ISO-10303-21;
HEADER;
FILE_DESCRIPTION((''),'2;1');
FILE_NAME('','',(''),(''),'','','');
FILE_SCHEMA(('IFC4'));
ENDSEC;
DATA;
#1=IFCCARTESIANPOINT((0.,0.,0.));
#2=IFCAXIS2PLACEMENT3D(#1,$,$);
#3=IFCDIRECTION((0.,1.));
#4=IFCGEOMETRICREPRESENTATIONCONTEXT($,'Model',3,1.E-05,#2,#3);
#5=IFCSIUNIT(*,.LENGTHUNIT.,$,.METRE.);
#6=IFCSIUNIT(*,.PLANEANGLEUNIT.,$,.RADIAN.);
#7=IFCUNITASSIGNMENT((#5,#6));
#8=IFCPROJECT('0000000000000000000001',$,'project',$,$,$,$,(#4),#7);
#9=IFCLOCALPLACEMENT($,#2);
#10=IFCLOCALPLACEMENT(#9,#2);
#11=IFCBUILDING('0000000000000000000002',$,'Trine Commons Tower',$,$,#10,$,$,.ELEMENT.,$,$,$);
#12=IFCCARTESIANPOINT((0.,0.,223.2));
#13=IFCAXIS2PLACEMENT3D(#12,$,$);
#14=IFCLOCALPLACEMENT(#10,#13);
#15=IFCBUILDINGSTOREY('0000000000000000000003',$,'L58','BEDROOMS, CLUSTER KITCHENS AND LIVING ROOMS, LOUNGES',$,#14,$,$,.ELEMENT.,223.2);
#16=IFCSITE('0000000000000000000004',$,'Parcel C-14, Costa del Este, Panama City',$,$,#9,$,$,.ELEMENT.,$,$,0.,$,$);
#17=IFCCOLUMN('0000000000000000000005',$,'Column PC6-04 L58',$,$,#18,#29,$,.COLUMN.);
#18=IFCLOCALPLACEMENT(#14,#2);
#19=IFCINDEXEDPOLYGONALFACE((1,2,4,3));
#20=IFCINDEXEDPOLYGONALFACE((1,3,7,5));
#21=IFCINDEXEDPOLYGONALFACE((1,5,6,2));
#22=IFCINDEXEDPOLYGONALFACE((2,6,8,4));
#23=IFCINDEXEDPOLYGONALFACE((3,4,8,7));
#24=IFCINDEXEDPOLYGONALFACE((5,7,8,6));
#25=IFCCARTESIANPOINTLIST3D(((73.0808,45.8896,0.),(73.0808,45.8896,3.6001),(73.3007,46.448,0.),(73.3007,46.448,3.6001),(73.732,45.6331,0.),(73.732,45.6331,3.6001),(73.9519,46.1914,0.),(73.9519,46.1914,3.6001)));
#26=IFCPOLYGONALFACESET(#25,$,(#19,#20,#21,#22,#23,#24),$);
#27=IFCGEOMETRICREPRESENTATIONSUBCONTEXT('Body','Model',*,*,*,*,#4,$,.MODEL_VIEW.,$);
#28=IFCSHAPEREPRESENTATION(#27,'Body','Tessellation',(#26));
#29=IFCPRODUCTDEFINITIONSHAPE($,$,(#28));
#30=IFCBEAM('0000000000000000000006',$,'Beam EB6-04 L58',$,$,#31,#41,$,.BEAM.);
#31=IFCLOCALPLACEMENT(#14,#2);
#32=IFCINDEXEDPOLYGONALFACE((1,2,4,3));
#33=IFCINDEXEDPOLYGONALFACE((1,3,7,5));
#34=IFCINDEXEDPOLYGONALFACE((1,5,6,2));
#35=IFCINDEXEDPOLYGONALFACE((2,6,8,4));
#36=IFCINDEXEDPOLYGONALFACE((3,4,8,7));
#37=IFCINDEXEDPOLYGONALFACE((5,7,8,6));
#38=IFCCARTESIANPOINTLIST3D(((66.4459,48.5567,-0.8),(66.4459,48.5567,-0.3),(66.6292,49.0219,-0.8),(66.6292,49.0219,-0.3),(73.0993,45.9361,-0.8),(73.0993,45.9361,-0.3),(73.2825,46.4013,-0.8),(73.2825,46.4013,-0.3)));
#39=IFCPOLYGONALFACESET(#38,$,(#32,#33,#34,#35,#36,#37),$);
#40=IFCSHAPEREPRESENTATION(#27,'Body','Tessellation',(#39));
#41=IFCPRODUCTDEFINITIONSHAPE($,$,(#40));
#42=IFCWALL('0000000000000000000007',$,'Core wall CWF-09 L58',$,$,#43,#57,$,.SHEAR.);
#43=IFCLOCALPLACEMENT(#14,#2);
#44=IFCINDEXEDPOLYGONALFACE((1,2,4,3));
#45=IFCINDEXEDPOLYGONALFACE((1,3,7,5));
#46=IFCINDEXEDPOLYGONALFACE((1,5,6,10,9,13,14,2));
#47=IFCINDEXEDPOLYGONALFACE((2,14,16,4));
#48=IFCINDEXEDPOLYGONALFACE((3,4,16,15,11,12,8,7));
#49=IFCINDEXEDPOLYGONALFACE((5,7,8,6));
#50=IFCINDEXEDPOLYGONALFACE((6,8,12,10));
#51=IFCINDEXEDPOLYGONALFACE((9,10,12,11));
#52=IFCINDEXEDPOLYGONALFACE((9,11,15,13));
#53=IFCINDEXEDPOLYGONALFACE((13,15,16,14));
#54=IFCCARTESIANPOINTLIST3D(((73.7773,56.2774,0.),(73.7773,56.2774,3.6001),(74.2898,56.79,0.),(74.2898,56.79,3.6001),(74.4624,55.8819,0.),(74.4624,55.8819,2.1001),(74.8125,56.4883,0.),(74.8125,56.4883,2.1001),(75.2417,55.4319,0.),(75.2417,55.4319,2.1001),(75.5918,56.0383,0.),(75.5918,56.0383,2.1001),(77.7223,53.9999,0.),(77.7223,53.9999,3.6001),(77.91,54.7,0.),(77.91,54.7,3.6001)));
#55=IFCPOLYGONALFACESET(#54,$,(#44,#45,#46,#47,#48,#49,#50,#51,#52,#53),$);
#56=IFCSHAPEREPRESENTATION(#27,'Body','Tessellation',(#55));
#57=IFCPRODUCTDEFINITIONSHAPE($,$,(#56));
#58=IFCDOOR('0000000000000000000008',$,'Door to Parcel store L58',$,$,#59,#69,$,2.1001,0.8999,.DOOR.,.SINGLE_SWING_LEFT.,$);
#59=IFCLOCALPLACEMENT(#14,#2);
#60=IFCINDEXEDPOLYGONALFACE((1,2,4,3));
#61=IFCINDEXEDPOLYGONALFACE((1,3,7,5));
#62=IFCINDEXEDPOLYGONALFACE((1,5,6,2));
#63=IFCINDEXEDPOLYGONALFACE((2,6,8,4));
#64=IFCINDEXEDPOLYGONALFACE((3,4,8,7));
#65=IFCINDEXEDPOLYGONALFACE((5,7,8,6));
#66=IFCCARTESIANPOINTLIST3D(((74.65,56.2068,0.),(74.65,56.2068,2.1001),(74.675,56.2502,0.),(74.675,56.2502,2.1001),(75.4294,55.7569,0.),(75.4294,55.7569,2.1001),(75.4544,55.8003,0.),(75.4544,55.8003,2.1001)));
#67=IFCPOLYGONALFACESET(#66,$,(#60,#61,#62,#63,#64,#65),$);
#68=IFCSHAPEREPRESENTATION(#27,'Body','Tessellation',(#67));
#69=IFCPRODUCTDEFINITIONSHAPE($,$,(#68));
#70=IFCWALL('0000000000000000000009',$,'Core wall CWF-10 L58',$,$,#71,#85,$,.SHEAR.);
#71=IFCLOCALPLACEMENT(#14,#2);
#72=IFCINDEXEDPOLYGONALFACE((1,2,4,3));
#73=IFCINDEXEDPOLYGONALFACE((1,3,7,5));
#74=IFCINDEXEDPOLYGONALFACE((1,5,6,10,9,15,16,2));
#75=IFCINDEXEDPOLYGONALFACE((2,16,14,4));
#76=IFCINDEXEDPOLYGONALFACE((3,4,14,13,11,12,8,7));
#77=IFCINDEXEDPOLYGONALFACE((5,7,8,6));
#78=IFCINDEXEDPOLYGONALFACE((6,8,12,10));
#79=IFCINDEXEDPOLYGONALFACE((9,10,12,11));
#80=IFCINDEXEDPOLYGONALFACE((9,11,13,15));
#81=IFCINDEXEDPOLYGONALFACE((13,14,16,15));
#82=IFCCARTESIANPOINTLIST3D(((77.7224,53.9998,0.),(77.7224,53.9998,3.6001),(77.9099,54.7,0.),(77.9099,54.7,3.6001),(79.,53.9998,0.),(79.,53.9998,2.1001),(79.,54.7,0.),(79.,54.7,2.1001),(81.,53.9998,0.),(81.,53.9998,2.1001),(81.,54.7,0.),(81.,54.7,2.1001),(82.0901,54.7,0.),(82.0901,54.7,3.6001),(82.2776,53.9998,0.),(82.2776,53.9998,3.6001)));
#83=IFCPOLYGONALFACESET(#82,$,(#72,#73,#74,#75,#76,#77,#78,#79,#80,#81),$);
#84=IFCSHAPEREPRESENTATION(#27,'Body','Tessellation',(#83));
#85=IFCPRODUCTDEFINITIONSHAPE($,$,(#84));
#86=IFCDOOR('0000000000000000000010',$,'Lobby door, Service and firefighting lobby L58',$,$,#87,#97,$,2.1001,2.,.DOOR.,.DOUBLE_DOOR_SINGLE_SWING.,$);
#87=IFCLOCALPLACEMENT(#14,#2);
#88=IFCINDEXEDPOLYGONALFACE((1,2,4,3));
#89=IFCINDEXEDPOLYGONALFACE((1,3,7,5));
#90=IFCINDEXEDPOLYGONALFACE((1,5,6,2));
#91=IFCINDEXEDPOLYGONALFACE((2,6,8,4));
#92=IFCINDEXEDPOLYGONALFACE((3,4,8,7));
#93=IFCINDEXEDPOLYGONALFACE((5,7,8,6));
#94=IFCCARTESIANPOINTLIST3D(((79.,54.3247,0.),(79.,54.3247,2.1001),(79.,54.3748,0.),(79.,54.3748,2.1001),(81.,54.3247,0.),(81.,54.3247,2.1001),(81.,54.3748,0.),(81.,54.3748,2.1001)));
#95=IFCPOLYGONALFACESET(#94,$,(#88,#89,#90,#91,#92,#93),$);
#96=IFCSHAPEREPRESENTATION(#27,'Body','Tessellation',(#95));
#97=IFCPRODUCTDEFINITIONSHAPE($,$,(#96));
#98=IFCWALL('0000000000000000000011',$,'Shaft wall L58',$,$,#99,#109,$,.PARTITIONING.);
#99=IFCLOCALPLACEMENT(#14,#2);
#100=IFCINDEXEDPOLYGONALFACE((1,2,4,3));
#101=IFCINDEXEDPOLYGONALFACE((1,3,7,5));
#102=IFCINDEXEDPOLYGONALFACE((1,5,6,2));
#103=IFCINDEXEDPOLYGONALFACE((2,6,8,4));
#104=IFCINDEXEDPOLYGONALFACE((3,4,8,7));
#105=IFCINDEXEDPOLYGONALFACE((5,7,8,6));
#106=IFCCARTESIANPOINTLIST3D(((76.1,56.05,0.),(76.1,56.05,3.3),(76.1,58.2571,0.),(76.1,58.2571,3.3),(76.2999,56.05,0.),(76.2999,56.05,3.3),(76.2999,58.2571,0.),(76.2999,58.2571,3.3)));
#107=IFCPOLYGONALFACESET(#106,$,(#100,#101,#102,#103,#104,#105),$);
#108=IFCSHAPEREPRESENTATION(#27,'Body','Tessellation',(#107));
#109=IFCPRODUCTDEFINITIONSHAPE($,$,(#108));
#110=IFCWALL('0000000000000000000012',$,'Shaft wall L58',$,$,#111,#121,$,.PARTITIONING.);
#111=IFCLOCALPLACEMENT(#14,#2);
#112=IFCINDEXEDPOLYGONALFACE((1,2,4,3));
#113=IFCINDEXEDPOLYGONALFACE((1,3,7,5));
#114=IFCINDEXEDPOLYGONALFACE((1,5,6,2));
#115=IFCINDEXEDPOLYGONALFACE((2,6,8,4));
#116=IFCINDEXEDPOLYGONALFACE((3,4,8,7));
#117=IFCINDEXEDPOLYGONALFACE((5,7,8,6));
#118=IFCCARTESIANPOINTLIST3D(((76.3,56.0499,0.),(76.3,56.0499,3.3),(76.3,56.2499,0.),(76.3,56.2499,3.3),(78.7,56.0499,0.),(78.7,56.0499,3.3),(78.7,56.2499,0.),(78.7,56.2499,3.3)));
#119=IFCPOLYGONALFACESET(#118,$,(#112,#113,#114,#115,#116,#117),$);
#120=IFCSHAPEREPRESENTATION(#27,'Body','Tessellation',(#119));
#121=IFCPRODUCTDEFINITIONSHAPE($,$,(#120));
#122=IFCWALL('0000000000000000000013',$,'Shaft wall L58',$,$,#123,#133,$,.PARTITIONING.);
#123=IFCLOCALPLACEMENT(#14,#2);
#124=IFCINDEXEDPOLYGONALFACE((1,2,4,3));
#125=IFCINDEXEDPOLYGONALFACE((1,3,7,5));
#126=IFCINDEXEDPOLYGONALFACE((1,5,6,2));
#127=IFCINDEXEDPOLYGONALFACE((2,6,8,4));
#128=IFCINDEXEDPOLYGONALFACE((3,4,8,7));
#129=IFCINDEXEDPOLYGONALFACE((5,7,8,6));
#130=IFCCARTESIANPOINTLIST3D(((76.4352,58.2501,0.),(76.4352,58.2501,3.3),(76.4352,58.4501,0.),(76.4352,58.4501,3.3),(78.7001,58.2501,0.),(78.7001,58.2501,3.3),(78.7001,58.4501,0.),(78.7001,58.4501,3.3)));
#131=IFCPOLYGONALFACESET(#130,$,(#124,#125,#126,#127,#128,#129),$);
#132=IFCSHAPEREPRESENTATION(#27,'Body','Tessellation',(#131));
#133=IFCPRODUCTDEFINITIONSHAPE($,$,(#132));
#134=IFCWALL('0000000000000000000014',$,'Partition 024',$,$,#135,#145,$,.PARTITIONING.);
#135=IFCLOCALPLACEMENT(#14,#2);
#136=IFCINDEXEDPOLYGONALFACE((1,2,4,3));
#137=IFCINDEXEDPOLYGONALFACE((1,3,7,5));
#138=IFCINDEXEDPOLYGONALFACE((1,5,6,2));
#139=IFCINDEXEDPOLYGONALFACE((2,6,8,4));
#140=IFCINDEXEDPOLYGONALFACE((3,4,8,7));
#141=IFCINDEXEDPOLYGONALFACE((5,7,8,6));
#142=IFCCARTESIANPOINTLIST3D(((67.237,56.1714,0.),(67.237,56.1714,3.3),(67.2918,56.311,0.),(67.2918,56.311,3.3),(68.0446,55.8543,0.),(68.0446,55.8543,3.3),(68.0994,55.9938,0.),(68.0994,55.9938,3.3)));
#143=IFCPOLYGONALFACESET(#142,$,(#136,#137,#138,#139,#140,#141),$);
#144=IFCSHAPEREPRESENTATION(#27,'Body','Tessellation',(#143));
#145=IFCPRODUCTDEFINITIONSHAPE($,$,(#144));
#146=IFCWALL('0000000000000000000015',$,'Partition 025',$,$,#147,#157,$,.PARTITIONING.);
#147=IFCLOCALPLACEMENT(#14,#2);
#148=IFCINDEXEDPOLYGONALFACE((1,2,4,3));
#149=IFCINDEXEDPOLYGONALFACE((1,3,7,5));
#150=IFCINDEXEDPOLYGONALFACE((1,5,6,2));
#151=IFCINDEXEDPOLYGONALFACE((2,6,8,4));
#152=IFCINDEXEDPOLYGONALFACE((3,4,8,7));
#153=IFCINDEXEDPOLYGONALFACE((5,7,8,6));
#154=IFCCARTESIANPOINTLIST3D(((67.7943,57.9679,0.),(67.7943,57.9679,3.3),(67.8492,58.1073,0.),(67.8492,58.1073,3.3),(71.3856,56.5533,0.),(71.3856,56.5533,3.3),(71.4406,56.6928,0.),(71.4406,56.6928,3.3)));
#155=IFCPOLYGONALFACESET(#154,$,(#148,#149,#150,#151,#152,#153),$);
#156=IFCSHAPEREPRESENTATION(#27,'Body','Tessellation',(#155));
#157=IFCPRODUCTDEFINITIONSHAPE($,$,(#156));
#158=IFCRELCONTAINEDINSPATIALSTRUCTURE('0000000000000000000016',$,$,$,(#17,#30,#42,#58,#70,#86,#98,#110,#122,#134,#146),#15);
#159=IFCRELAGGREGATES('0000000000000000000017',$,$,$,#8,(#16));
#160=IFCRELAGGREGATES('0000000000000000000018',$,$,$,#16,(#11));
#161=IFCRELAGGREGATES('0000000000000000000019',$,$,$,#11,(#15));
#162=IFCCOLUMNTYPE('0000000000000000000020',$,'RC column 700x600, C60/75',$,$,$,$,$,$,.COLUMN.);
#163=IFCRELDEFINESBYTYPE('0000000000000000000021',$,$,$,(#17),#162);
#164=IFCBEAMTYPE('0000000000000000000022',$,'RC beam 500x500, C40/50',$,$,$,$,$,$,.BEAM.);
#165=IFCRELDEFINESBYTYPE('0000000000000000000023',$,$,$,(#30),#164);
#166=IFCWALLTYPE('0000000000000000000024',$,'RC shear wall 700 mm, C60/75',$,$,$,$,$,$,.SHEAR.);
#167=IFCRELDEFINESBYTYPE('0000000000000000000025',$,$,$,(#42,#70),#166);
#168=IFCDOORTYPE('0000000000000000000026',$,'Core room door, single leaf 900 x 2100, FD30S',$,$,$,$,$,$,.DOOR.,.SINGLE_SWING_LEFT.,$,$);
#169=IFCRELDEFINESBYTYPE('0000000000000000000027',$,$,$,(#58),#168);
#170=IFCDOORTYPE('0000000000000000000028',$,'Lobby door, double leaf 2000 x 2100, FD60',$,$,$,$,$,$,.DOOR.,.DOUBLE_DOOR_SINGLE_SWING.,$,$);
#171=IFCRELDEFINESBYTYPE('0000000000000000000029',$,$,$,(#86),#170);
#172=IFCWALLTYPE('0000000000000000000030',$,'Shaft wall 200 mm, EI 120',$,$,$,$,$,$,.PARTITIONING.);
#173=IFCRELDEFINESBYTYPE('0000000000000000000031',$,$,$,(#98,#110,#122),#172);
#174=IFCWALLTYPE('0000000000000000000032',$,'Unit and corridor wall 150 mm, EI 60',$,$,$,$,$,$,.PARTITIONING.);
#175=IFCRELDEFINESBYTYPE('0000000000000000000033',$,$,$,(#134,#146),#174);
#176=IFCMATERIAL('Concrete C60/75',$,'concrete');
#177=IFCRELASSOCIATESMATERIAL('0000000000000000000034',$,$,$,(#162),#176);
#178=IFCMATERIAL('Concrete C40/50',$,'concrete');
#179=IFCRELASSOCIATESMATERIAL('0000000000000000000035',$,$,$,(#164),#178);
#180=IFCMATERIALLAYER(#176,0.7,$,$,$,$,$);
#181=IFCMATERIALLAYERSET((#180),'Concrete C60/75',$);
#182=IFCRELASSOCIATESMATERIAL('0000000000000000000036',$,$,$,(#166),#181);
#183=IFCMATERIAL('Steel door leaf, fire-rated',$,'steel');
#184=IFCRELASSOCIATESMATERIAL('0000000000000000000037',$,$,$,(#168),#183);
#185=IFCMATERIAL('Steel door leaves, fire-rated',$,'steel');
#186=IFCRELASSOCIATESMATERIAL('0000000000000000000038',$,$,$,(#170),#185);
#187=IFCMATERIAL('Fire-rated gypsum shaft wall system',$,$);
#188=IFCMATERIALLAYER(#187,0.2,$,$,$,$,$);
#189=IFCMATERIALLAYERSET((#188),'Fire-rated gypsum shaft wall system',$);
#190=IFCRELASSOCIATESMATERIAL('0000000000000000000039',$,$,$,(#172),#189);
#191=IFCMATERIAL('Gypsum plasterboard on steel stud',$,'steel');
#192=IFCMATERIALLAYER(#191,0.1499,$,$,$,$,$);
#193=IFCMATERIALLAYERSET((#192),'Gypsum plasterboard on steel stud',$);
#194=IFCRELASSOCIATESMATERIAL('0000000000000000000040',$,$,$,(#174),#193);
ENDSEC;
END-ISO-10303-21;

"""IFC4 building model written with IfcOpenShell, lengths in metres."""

from ifc_helpers import new_model, si_unit, direction, frame, frame_2d, origin, origin_2d, place, context, subcontext, project, spatial, polyline, rectangle, outline, extrude, material, layer, layer_set, material_profile, profile_set, type_object, element, fill, save


model = new_model("IFC4")

# Units and contexts
model_context = context("Model", 3, precision=1e-05, world=origin(), true_north=direction((0.0, 1.0)))
body_context = subcontext(model_context, "Body", "Model", "MODEL_VIEW")
ifc_project = project(units=[si_unit("LENGTHUNIT", "METRE"), si_unit("PLANEANGLEUNIT", "RADIAN")], contexts=[model_context])

# Site, building, storey
site_placement = place(None, origin())
site = spatial("IfcSite", under=ifc_project, at=site_placement, Name="Parcel C-14, Costa del Este, Panama City", CompositionType="ELEMENT", RefElevation=0.0)
building_placement = place(site_placement, origin())
building = spatial("IfcBuilding", under=site, at=building_placement, Name="Trine Commons Tower", CompositionType="ELEMENT")
storey_placement = place(building_placement, frame((0.0, 0.0, 223.2)))
storey = spatial("IfcBuildingStorey", under=building, at=storey_placement, Name="L58", Description="BEDROOMS, CLUSTER KITCHENS AND LIVING ROOMS, LOUNGES", CompositionType="ELEMENT", Elevation=223.2)

# Column
ifc_material_1 = material(Name="Concrete C60/75", Category="concrete")
ifc_material_profile_1 = material_profile(ifc_material_1, rectangle(XDim=0.7, YDim=0.6001, at=origin_2d()), Name="RC 700x600")
ifc_profile_set_1 = profile_set([ifc_material_profile_1], Name="Concrete C60/75")
column_type = type_object("IfcColumnType", Name="RC column 700x600, C60/75", PredefinedType="COLUMN", material=ifc_profile_set_1)
column_placement = place(storey_placement, frame((73.5164, 46.0405, 0.0), z_axis=(0.0, 0.0, 1.0), x_axis=(-0.930418, 0.366501, 0.0)))
element("IfcColumn", 1, at=column_placement, inside=storey, type_object=column_type, Name="Column PC6-04 L58", PredefinedType="COLUMN", context=body_context, shape_type="SweptSolid", body=[
    extrude(rectangle(XDim=0.7, YDim=0.6001, at=origin_2d()), origin(), (0.0, 0.0, 1.0), 3.6001),
])

# Beam
ifc_material_2 = material(Name="Concrete C40/50", Category="concrete")
ifc_material_profile_2 = material_profile(ifc_material_2, rectangle(XDim=0.5, YDim=0.5, at=origin_2d()), Name="RC 500x500")
ifc_profile_set_2 = profile_set([ifc_material_profile_2], Name="Concrete C40/50")
beam_type = type_object("IfcBeamType", Name="RC beam 500x500, C40/50", PredefinedType="BEAM", material=ifc_profile_set_2)
beam_placement = place(storey_placement, frame((73.1909, 46.1687, -0.55), z_axis=(-0.930427, 0.366476, 0.0), x_axis=(-0.366476, -0.930427, 0.0)))
element("IfcBeam", 2, at=beam_placement, inside=storey, type_object=beam_type, Name="Beam EB6-04 L58", PredefinedType="BEAM", context=body_context, shape_type="SweptSolid", body=[
    extrude(rectangle(XDim=0.5, YDim=0.5, at=origin_2d()), origin(), (0.0, 0.0, 1.0), 7.1509),
])

# Walls, openings, doors
ifc_layer_1 = layer(ifc_material_1, 0.7)
ifc_layer_set_1 = layer_set([ifc_layer_1], Name="Concrete C60/75")
wall_type_1 = type_object("IfcWallType", Name="RC shear wall 700 mm, C60/75", PredefinedType="SHEAR", material=ifc_layer_set_1)
wall_1_placement = place(storey_placement, frame((73.9524, 56.5806, 0.0), z_axis=(0.0, 0.0, 1.0), x_axis=(0.866035, -0.499984, 0.0)))
wall_1 = element("IfcWall", 3, at=wall_1_placement, inside=storey, type_object=wall_type_1, Name="Core wall CWF-09 L58", PredefinedType="SHEAR", context=body_context, shape_type="SweptSolid", body=[
    extrude(outline(polyline([(0.0, -0.3501), (4.5552, -0.3501), (4.3677, 0.3501), (0.1875, 0.3501), (0.0, -0.3501)])), origin(), (0.0, 0.0, 1.0), 3.6001),
])
opening_1_placement = place(wall_1_placement, frame((0.791, 0.0, 0.0)))
opening_1 = element("IfcOpeningElement", 4, at=opening_1_placement, cuts=wall_1, PredefinedType="OPENING", context=body_context, shape_type="SweptSolid", body=[
    extrude(rectangle(XDim=0.8999, YDim=2.1001, at=frame_2d((0.45, 1.05))), frame((0.0, 0.3599, 0.0), z_axis=(0.0, -1.0, 0.0), x_axis=(1.0, 0.0, 0.0)), (0.0, 0.0, 1.0), 0.72),
])
ifc_material_3 = material(Name="Steel door leaf, fire-rated", Category="steel")
door_type_1 = type_object("IfcDoorType", Name="Core room door, single leaf 900 x 2100, FD30S", OperationType="SINGLE_SWING_LEFT", PredefinedType="DOOR", material=ifc_material_3)
door_1_placement = place(opening_1_placement, origin())
door_1 = element("IfcDoor", 5, at=door_1_placement, inside=storey, type_object=door_type_1, Name="Door to Parcel store L58", OperationType="SINGLE_SWING_LEFT", OverallHeight=2.1001, OverallWidth=0.8999, PredefinedType="DOOR", context=body_context, shape_type="SweptSolid", body=[
    extrude(rectangle(XDim=0.8999, YDim=2.1001, at=frame_2d((0.45, 1.05))), frame((0.0, 0.0752, 0.0), z_axis=(0.0, -1.0, 0.0), x_axis=(1.0, 0.0, 0.0)), (0.0, 0.0, 1.0), 0.05),
])
fill(opening_1, door_1)
wall_2_placement = place(storey_placement, frame((77.7224, 54.3499, 0.0), z_axis=(0.0, 0.0, 1.0), x_axis=(1.0, 0.0, 0.0)))
wall_2 = element("IfcWall", 6, at=wall_2_placement, inside=storey, type_object=wall_type_1, Name="Core wall CWF-10 L58", PredefinedType="SHEAR", context=body_context, shape_type="SweptSolid", body=[
    extrude(outline(polyline([(0.0, -0.3501), (4.5552, -0.3501), (4.3677, 0.3501), (0.1875, 0.3501), (0.0, -0.3501)])), origin(), (0.0, 0.0, 1.0), 3.6001),
])
opening_2_placement = place(wall_2_placement, frame((1.2776, 0.0, 0.0)))
opening_2 = element("IfcOpeningElement", 7, at=opening_2_placement, cuts=wall_2, PredefinedType="OPENING", context=body_context, shape_type="SweptSolid", body=[
    extrude(rectangle(XDim=2.0, YDim=2.1001, at=frame_2d((1.0, 1.05))), frame((0.0, 0.3599, 0.0), z_axis=(0.0, -1.0, 0.0), x_axis=(1.0, 0.0, 0.0)), (0.0, 0.0, 1.0), 0.72),
])
ifc_material_4 = material(Name="Steel door leaves, fire-rated", Category="steel")
door_type_2 = type_object("IfcDoorType", Name="Lobby door, double leaf 2000 x 2100, FD60", OperationType="DOUBLE_DOOR_SINGLE_SWING", PredefinedType="DOOR", material=ifc_material_4)
door_2_placement = place(opening_2_placement, origin())
door_2 = element("IfcDoor", 8, at=door_2_placement, inside=storey, type_object=door_type_2, Name="Lobby door, Service and firefighting lobby L58", OperationType="DOUBLE_DOOR_SINGLE_SWING", OverallHeight=2.1001, OverallWidth=2.0, PredefinedType="DOOR", context=body_context, shape_type="SweptSolid", body=[
    extrude(rectangle(XDim=2.0, YDim=2.1001, at=frame_2d((1.0, 1.05))), frame((0.0, 0.0249, 0.0), z_axis=(0.0, -1.0, 0.0), x_axis=(1.0, 0.0, 0.0)), (0.0, 0.0, 1.0), 0.05),
])
fill(opening_2, door_2)

# Walls
ifc_material_5 = material(Name="Fire-rated gypsum shaft wall system")
ifc_layer_2 = layer(ifc_material_5, 0.2)
ifc_layer_set_2 = layer_set([ifc_layer_2], Name="Fire-rated gypsum shaft wall system")
wall_type_2 = type_object("IfcWallType", Name="Shaft wall 200 mm, EI 120", PredefinedType="PARTITIONING", material=ifc_layer_set_2)
wall_3_placement = place(storey_placement, frame((76.2, 58.2571, 0.0), z_axis=(0.0, 0.0, 1.0), x_axis=(0.0, -1.0, 0.0)))
element("IfcWall", 9, at=wall_3_placement, inside=storey, type_object=wall_type_2, Name="Shaft wall L58", PredefinedType="PARTITIONING", context=body_context, shape_type="SweptSolid", body=[
    extrude(rectangle(XDim=2.207, YDim=0.2, at=frame_2d((1.1035, 0.0))), origin(), (0.0, 0.0, 1.0), 3.3),
])
wall_4_placement = place(storey_placement, frame((78.7, 56.1499, 0.0), z_axis=(0.0, 0.0, 1.0), x_axis=(-1.0, 0.0, 0.0)))
element("IfcWall", 10, at=wall_4_placement, inside=storey, type_object=wall_type_2, Name="Shaft wall L58", PredefinedType="PARTITIONING", context=body_context, shape_type="SweptSolid", body=[
    extrude(rectangle(XDim=2.3999, YDim=0.2, at=frame_2d((1.2, 0.0))), origin(), (0.0, 0.0, 1.0), 3.3),
])
wall_5_placement = place(storey_placement, frame((78.7, 58.3501, 0.0), z_axis=(0.0, 0.0, 1.0), x_axis=(-1.0, 0.0, 0.0)))
element("IfcWall", 11, at=wall_5_placement, inside=storey, type_object=wall_type_2, Name="Shaft wall L58", PredefinedType="PARTITIONING", context=body_context, shape_type="SweptSolid", body=[
    extrude(rectangle(XDim=2.2649, YDim=0.2, at=frame_2d((1.1323, 0.0))), origin(), (0.0, 0.0, 1.0), 3.3),
])
ifc_material_6 = material(Name="Gypsum plasterboard on steel stud", Category="steel")
ifc_layer_3 = layer(ifc_material_6, 0.1499)
ifc_layer_set_3 = layer_set([ifc_layer_3], Name="Gypsum plasterboard on steel stud")
wall_type_3 = type_object("IfcWallType", Name="Unit and corridor wall 150 mm, EI 60", PredefinedType="PARTITIONING", material=ifc_layer_set_3)
wall_6_placement = place(storey_placement, frame((67.2644, 56.2412, 0.0), z_axis=(0.0, 0.0, 1.0), x_axis=(0.930806, -0.365513, 0.0)))
element("IfcWall", 12, at=wall_6_placement, inside=storey, type_object=wall_type_3, Name="Partition 024", PredefinedType="PARTITIONING", context=body_context, shape_type="SweptSolid", body=[
    extrude(rectangle(XDim=0.8677, YDim=0.1499, at=frame_2d((0.4338, 0.0))), origin(), (0.0, 0.0, 1.0), 3.3),
])
wall_7_placement = place(storey_placement, frame((67.8218, 58.0376, 0.0), z_axis=(0.0, 0.0, 1.0), x_axis=(0.930427, -0.366478, 0.0)))
element("IfcWall", 13, at=wall_7_placement, inside=storey, type_object=wall_type_3, Name="Partition 025", PredefinedType="PARTITIONING", context=body_context, shape_type="SweptSolid", body=[
    extrude(rectangle(XDim=3.8599, YDim=0.1499, at=frame_2d((1.9299, 0.0))), origin(), (0.0, 0.0, 1.0), 3.3),
])

save(model, "model.ifc")
